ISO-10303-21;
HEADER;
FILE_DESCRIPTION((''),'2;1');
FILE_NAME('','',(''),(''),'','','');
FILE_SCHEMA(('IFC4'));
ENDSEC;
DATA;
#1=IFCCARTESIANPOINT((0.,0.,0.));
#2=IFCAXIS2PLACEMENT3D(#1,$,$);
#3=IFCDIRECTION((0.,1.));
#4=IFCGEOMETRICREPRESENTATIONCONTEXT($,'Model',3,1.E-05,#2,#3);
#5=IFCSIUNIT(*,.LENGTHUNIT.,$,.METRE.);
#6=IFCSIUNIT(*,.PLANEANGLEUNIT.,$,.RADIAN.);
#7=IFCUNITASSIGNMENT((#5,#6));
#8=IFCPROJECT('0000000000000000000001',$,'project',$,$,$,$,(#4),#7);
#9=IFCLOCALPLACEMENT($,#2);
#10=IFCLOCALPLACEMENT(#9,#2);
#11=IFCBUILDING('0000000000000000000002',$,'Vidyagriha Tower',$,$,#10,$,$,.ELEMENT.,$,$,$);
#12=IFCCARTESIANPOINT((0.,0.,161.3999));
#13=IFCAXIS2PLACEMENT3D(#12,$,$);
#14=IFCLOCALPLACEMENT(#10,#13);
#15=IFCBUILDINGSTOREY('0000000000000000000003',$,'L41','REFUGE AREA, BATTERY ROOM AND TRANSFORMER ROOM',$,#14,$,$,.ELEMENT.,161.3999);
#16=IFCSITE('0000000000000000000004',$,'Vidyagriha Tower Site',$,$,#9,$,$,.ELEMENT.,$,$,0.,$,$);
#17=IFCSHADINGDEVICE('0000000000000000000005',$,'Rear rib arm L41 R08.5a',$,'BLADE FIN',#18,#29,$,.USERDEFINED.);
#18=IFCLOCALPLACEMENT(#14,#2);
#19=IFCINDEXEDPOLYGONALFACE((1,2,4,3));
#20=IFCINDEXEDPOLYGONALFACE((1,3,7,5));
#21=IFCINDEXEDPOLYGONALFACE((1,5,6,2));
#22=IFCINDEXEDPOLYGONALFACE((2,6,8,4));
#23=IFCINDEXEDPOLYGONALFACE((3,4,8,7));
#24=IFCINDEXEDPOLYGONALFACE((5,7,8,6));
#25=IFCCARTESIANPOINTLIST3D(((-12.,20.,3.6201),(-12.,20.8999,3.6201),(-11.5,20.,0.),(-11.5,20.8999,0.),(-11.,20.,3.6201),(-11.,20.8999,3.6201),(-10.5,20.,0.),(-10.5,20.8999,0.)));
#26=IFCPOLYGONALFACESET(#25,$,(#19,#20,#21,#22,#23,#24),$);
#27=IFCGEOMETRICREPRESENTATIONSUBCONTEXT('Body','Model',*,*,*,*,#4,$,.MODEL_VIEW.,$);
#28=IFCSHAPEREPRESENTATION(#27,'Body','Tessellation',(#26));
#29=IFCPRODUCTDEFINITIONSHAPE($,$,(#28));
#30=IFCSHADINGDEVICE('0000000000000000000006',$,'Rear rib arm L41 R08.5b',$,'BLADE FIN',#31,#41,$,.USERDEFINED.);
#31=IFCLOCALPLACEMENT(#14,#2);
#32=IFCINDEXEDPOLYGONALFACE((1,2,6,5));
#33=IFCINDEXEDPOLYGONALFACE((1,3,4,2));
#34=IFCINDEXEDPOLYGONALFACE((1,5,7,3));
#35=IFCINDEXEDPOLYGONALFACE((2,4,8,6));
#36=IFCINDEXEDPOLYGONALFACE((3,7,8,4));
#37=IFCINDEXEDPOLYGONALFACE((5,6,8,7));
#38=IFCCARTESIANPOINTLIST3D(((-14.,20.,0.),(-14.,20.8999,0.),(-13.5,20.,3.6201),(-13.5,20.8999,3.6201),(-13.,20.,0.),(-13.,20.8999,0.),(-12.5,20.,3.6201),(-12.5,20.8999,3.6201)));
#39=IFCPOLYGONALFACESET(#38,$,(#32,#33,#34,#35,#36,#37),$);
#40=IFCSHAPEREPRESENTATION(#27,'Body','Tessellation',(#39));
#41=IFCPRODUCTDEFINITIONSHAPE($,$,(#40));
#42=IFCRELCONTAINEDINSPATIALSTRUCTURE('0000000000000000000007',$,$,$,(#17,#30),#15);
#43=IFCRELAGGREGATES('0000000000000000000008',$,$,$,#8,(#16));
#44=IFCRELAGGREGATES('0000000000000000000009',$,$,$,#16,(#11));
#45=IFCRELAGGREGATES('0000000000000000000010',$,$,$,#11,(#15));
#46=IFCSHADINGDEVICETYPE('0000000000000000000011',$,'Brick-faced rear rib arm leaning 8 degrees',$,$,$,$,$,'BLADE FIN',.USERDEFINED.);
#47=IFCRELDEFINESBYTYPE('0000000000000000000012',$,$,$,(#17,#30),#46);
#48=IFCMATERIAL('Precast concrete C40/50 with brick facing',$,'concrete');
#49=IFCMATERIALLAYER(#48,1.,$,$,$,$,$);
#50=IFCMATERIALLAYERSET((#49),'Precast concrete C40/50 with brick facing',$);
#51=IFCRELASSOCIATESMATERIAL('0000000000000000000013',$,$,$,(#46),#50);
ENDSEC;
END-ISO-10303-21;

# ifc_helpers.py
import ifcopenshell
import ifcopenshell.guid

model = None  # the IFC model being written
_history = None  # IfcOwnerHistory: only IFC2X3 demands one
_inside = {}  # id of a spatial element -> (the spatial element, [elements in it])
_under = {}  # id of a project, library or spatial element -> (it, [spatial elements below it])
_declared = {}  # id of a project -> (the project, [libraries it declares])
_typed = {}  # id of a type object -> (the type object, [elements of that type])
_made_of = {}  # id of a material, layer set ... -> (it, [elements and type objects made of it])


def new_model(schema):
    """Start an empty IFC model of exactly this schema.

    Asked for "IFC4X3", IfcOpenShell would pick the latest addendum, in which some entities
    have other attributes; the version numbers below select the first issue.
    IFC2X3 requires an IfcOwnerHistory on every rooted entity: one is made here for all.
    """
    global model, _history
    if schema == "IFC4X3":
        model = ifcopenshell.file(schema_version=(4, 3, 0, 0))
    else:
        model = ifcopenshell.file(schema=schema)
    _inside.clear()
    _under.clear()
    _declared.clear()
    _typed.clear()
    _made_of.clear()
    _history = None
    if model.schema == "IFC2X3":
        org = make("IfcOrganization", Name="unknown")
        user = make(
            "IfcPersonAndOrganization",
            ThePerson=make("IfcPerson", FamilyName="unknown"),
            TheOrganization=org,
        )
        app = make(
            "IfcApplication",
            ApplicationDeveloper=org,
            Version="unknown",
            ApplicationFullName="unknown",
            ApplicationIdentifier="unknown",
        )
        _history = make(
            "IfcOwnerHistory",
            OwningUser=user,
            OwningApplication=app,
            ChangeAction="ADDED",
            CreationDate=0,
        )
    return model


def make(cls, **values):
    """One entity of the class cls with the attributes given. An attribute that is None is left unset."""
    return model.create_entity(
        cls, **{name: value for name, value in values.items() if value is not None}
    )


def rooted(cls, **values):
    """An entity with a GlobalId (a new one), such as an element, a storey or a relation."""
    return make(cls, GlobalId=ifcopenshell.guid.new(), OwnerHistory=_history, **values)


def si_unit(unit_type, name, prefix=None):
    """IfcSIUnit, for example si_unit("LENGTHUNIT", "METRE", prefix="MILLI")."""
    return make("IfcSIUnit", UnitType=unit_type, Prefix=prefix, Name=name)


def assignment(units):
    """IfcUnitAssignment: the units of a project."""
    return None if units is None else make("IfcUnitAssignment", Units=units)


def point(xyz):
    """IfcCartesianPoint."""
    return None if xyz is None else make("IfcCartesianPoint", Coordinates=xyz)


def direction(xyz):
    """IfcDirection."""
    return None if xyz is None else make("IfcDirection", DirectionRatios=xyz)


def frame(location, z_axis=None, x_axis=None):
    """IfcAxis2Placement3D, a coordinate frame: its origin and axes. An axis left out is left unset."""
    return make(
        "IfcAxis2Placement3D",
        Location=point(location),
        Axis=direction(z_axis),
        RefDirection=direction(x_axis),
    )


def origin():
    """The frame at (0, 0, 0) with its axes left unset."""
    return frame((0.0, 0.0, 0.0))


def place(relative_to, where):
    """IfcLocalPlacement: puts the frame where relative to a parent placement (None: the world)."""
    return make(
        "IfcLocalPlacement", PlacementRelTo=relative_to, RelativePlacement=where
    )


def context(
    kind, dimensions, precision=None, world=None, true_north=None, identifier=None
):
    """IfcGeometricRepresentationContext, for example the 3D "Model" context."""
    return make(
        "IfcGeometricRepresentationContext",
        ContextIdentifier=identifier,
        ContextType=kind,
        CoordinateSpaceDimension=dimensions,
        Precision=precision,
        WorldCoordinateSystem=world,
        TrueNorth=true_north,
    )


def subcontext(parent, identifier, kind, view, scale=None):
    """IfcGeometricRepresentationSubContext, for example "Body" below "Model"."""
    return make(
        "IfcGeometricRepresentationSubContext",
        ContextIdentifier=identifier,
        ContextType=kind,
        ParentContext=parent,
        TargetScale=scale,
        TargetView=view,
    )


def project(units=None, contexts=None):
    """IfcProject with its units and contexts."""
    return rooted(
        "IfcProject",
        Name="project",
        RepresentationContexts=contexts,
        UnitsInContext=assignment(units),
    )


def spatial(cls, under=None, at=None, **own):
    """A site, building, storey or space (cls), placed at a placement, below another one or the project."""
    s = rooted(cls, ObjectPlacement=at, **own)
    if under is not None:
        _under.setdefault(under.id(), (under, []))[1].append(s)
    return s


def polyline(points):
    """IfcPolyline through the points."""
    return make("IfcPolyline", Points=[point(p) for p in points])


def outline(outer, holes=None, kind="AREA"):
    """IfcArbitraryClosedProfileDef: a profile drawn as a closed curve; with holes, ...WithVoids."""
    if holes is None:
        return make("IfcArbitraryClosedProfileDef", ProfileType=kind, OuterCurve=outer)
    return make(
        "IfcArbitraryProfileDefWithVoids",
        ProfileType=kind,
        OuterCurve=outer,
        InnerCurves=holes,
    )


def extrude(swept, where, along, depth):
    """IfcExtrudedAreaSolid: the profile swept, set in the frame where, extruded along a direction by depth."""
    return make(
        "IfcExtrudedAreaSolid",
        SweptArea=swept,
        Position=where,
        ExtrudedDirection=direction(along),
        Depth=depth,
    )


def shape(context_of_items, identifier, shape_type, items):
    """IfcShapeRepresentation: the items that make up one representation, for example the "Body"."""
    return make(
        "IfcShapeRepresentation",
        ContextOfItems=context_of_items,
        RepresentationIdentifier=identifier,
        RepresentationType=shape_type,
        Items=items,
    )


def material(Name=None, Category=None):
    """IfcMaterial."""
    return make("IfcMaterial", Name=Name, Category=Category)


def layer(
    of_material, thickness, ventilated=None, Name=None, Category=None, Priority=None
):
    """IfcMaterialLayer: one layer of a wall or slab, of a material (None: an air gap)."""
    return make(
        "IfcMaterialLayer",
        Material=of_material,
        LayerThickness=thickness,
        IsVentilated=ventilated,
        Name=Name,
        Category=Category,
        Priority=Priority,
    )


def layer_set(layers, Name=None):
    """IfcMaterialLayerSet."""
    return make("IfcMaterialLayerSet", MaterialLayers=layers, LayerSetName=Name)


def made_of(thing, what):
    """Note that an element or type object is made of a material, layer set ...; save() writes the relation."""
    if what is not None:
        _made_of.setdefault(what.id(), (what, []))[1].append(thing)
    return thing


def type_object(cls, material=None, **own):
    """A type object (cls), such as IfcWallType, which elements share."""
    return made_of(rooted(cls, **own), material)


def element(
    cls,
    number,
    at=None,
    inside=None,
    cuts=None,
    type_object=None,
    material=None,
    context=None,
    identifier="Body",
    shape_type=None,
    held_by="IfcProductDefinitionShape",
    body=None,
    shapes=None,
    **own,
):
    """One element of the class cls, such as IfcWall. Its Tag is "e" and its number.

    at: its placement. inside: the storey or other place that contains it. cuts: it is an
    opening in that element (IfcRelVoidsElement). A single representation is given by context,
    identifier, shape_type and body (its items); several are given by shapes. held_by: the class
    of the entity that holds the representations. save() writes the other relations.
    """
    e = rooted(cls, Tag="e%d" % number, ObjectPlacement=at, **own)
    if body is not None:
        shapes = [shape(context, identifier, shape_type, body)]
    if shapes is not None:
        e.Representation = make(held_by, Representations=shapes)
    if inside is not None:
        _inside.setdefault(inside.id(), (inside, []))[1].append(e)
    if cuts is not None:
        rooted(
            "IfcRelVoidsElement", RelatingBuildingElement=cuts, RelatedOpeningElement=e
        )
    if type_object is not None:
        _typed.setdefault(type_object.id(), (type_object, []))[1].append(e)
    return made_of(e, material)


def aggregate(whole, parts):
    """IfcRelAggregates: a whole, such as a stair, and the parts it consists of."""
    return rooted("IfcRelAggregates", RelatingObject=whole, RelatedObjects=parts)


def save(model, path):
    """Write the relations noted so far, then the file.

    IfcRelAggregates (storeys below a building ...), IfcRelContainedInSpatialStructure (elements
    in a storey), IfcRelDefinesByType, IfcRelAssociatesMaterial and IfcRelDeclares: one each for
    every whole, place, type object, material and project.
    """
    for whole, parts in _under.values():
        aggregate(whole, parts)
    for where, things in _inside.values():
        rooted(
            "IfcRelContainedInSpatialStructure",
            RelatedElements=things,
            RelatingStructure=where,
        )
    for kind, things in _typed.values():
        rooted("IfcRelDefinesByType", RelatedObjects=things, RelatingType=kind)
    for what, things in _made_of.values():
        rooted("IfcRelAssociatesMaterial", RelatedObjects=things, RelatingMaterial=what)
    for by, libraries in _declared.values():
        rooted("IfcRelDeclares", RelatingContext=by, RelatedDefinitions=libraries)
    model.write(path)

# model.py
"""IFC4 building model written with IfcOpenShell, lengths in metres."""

from ifc_helpers import new_model, si_unit, direction, frame, origin, place, context, subcontext, project, spatial, polyline, outline, extrude, material, layer, layer_set, type_object, element, save


model = new_model("IFC4")

# Units and contexts
model_context = context("Model", 3, precision=1e-05, world=origin(), true_north=direction((0.0, 1.0)))
body_context = subcontext(model_context, "Body", "Model", "MODEL_VIEW")
ifc_project = project(units=[si_unit("LENGTHUNIT", "METRE"), si_unit("PLANEANGLEUNIT", "RADIAN")], contexts=[model_context])

# Site, building, storey
site_placement = place(None, origin())
site = spatial("IfcSite", under=ifc_project, at=site_placement, Name="Vidyagriha Tower Site", CompositionType="ELEMENT", RefElevation=0.0)
building_placement = place(site_placement, origin())
building = spatial("IfcBuilding", under=site, at=building_placement, Name="Vidyagriha Tower", CompositionType="ELEMENT")
storey_placement = place(building_placement, frame((0.0, 0.0, 161.3999)))
storey = spatial("IfcBuildingStorey", under=building, at=storey_placement, Name="L41", Description="REFUGE AREA, BATTERY ROOM AND TRANSFORMER ROOM", CompositionType="ELEMENT", Elevation=161.3999)

# Shading devices
ifc_material_1 = material(Name="Precast concrete C40/50 with brick facing", Category="concrete")
ifc_layer_1 = layer(ifc_material_1, 1.0)
ifc_layer_set_1 = layer_set([ifc_layer_1], Name="Precast concrete C40/50 with brick facing")
shading_device_type = type_object("IfcShadingDeviceType", Name="Brick-faced rear rib arm leaning 8 degrees", ElementType="BLADE FIN", PredefinedType="USERDEFINED", material=ifc_layer_set_1)
shading_device_1_placement = place(storey_placement, frame((-10.5, 20.45, 0.0), z_axis=(0.0, 0.0, 1.0), x_axis=(-1.0, 0.0, 0.0)))
element("IfcShadingDevice", 1, at=shading_device_1_placement, inside=storey, type_object=shading_device_type, Name="Rear rib arm L41 R08.5a", ObjectType="BLADE FIN", PredefinedType="USERDEFINED", context=body_context, shape_type="SweptSolid", body=[
    extrude(outline(polyline([(0.0, 0.0), (1.0, 0.0), (1.5, 3.6201), (0.5, 3.6201), (0.0, 0.0)])), frame((0.0, 0.45, 0.0), z_axis=(0.0, -1.0, 0.0), x_axis=(1.0, 0.0, 0.0)), (0.0, 0.0, 1.0), 0.8999),
])
shading_device_2_placement = place(storey_placement, frame((-12.5, 20.45, 0.0), z_axis=(0.0, 0.0, 1.0), x_axis=(-1.0, 0.0, 0.0)))
element("IfcShadingDevice", 2, at=shading_device_2_placement, inside=storey, type_object=shading_device_type, Name="Rear rib arm L41 R08.5b", ObjectType="BLADE FIN", PredefinedType="USERDEFINED", context=body_context, shape_type="SweptSolid", body=[
    extrude(outline(polyline([(0.5, 0.0), (1.5, 0.0), (1.0, 3.6201), (0.0, 3.6201), (0.5, 0.0)])), frame((0.0, 0.45, 0.0), z_axis=(0.0, -1.0, 0.0), x_axis=(1.0, 0.0, 0.0)), (0.0, 0.0, 1.0), 0.8999),
])

save(model, "model.ifc")
